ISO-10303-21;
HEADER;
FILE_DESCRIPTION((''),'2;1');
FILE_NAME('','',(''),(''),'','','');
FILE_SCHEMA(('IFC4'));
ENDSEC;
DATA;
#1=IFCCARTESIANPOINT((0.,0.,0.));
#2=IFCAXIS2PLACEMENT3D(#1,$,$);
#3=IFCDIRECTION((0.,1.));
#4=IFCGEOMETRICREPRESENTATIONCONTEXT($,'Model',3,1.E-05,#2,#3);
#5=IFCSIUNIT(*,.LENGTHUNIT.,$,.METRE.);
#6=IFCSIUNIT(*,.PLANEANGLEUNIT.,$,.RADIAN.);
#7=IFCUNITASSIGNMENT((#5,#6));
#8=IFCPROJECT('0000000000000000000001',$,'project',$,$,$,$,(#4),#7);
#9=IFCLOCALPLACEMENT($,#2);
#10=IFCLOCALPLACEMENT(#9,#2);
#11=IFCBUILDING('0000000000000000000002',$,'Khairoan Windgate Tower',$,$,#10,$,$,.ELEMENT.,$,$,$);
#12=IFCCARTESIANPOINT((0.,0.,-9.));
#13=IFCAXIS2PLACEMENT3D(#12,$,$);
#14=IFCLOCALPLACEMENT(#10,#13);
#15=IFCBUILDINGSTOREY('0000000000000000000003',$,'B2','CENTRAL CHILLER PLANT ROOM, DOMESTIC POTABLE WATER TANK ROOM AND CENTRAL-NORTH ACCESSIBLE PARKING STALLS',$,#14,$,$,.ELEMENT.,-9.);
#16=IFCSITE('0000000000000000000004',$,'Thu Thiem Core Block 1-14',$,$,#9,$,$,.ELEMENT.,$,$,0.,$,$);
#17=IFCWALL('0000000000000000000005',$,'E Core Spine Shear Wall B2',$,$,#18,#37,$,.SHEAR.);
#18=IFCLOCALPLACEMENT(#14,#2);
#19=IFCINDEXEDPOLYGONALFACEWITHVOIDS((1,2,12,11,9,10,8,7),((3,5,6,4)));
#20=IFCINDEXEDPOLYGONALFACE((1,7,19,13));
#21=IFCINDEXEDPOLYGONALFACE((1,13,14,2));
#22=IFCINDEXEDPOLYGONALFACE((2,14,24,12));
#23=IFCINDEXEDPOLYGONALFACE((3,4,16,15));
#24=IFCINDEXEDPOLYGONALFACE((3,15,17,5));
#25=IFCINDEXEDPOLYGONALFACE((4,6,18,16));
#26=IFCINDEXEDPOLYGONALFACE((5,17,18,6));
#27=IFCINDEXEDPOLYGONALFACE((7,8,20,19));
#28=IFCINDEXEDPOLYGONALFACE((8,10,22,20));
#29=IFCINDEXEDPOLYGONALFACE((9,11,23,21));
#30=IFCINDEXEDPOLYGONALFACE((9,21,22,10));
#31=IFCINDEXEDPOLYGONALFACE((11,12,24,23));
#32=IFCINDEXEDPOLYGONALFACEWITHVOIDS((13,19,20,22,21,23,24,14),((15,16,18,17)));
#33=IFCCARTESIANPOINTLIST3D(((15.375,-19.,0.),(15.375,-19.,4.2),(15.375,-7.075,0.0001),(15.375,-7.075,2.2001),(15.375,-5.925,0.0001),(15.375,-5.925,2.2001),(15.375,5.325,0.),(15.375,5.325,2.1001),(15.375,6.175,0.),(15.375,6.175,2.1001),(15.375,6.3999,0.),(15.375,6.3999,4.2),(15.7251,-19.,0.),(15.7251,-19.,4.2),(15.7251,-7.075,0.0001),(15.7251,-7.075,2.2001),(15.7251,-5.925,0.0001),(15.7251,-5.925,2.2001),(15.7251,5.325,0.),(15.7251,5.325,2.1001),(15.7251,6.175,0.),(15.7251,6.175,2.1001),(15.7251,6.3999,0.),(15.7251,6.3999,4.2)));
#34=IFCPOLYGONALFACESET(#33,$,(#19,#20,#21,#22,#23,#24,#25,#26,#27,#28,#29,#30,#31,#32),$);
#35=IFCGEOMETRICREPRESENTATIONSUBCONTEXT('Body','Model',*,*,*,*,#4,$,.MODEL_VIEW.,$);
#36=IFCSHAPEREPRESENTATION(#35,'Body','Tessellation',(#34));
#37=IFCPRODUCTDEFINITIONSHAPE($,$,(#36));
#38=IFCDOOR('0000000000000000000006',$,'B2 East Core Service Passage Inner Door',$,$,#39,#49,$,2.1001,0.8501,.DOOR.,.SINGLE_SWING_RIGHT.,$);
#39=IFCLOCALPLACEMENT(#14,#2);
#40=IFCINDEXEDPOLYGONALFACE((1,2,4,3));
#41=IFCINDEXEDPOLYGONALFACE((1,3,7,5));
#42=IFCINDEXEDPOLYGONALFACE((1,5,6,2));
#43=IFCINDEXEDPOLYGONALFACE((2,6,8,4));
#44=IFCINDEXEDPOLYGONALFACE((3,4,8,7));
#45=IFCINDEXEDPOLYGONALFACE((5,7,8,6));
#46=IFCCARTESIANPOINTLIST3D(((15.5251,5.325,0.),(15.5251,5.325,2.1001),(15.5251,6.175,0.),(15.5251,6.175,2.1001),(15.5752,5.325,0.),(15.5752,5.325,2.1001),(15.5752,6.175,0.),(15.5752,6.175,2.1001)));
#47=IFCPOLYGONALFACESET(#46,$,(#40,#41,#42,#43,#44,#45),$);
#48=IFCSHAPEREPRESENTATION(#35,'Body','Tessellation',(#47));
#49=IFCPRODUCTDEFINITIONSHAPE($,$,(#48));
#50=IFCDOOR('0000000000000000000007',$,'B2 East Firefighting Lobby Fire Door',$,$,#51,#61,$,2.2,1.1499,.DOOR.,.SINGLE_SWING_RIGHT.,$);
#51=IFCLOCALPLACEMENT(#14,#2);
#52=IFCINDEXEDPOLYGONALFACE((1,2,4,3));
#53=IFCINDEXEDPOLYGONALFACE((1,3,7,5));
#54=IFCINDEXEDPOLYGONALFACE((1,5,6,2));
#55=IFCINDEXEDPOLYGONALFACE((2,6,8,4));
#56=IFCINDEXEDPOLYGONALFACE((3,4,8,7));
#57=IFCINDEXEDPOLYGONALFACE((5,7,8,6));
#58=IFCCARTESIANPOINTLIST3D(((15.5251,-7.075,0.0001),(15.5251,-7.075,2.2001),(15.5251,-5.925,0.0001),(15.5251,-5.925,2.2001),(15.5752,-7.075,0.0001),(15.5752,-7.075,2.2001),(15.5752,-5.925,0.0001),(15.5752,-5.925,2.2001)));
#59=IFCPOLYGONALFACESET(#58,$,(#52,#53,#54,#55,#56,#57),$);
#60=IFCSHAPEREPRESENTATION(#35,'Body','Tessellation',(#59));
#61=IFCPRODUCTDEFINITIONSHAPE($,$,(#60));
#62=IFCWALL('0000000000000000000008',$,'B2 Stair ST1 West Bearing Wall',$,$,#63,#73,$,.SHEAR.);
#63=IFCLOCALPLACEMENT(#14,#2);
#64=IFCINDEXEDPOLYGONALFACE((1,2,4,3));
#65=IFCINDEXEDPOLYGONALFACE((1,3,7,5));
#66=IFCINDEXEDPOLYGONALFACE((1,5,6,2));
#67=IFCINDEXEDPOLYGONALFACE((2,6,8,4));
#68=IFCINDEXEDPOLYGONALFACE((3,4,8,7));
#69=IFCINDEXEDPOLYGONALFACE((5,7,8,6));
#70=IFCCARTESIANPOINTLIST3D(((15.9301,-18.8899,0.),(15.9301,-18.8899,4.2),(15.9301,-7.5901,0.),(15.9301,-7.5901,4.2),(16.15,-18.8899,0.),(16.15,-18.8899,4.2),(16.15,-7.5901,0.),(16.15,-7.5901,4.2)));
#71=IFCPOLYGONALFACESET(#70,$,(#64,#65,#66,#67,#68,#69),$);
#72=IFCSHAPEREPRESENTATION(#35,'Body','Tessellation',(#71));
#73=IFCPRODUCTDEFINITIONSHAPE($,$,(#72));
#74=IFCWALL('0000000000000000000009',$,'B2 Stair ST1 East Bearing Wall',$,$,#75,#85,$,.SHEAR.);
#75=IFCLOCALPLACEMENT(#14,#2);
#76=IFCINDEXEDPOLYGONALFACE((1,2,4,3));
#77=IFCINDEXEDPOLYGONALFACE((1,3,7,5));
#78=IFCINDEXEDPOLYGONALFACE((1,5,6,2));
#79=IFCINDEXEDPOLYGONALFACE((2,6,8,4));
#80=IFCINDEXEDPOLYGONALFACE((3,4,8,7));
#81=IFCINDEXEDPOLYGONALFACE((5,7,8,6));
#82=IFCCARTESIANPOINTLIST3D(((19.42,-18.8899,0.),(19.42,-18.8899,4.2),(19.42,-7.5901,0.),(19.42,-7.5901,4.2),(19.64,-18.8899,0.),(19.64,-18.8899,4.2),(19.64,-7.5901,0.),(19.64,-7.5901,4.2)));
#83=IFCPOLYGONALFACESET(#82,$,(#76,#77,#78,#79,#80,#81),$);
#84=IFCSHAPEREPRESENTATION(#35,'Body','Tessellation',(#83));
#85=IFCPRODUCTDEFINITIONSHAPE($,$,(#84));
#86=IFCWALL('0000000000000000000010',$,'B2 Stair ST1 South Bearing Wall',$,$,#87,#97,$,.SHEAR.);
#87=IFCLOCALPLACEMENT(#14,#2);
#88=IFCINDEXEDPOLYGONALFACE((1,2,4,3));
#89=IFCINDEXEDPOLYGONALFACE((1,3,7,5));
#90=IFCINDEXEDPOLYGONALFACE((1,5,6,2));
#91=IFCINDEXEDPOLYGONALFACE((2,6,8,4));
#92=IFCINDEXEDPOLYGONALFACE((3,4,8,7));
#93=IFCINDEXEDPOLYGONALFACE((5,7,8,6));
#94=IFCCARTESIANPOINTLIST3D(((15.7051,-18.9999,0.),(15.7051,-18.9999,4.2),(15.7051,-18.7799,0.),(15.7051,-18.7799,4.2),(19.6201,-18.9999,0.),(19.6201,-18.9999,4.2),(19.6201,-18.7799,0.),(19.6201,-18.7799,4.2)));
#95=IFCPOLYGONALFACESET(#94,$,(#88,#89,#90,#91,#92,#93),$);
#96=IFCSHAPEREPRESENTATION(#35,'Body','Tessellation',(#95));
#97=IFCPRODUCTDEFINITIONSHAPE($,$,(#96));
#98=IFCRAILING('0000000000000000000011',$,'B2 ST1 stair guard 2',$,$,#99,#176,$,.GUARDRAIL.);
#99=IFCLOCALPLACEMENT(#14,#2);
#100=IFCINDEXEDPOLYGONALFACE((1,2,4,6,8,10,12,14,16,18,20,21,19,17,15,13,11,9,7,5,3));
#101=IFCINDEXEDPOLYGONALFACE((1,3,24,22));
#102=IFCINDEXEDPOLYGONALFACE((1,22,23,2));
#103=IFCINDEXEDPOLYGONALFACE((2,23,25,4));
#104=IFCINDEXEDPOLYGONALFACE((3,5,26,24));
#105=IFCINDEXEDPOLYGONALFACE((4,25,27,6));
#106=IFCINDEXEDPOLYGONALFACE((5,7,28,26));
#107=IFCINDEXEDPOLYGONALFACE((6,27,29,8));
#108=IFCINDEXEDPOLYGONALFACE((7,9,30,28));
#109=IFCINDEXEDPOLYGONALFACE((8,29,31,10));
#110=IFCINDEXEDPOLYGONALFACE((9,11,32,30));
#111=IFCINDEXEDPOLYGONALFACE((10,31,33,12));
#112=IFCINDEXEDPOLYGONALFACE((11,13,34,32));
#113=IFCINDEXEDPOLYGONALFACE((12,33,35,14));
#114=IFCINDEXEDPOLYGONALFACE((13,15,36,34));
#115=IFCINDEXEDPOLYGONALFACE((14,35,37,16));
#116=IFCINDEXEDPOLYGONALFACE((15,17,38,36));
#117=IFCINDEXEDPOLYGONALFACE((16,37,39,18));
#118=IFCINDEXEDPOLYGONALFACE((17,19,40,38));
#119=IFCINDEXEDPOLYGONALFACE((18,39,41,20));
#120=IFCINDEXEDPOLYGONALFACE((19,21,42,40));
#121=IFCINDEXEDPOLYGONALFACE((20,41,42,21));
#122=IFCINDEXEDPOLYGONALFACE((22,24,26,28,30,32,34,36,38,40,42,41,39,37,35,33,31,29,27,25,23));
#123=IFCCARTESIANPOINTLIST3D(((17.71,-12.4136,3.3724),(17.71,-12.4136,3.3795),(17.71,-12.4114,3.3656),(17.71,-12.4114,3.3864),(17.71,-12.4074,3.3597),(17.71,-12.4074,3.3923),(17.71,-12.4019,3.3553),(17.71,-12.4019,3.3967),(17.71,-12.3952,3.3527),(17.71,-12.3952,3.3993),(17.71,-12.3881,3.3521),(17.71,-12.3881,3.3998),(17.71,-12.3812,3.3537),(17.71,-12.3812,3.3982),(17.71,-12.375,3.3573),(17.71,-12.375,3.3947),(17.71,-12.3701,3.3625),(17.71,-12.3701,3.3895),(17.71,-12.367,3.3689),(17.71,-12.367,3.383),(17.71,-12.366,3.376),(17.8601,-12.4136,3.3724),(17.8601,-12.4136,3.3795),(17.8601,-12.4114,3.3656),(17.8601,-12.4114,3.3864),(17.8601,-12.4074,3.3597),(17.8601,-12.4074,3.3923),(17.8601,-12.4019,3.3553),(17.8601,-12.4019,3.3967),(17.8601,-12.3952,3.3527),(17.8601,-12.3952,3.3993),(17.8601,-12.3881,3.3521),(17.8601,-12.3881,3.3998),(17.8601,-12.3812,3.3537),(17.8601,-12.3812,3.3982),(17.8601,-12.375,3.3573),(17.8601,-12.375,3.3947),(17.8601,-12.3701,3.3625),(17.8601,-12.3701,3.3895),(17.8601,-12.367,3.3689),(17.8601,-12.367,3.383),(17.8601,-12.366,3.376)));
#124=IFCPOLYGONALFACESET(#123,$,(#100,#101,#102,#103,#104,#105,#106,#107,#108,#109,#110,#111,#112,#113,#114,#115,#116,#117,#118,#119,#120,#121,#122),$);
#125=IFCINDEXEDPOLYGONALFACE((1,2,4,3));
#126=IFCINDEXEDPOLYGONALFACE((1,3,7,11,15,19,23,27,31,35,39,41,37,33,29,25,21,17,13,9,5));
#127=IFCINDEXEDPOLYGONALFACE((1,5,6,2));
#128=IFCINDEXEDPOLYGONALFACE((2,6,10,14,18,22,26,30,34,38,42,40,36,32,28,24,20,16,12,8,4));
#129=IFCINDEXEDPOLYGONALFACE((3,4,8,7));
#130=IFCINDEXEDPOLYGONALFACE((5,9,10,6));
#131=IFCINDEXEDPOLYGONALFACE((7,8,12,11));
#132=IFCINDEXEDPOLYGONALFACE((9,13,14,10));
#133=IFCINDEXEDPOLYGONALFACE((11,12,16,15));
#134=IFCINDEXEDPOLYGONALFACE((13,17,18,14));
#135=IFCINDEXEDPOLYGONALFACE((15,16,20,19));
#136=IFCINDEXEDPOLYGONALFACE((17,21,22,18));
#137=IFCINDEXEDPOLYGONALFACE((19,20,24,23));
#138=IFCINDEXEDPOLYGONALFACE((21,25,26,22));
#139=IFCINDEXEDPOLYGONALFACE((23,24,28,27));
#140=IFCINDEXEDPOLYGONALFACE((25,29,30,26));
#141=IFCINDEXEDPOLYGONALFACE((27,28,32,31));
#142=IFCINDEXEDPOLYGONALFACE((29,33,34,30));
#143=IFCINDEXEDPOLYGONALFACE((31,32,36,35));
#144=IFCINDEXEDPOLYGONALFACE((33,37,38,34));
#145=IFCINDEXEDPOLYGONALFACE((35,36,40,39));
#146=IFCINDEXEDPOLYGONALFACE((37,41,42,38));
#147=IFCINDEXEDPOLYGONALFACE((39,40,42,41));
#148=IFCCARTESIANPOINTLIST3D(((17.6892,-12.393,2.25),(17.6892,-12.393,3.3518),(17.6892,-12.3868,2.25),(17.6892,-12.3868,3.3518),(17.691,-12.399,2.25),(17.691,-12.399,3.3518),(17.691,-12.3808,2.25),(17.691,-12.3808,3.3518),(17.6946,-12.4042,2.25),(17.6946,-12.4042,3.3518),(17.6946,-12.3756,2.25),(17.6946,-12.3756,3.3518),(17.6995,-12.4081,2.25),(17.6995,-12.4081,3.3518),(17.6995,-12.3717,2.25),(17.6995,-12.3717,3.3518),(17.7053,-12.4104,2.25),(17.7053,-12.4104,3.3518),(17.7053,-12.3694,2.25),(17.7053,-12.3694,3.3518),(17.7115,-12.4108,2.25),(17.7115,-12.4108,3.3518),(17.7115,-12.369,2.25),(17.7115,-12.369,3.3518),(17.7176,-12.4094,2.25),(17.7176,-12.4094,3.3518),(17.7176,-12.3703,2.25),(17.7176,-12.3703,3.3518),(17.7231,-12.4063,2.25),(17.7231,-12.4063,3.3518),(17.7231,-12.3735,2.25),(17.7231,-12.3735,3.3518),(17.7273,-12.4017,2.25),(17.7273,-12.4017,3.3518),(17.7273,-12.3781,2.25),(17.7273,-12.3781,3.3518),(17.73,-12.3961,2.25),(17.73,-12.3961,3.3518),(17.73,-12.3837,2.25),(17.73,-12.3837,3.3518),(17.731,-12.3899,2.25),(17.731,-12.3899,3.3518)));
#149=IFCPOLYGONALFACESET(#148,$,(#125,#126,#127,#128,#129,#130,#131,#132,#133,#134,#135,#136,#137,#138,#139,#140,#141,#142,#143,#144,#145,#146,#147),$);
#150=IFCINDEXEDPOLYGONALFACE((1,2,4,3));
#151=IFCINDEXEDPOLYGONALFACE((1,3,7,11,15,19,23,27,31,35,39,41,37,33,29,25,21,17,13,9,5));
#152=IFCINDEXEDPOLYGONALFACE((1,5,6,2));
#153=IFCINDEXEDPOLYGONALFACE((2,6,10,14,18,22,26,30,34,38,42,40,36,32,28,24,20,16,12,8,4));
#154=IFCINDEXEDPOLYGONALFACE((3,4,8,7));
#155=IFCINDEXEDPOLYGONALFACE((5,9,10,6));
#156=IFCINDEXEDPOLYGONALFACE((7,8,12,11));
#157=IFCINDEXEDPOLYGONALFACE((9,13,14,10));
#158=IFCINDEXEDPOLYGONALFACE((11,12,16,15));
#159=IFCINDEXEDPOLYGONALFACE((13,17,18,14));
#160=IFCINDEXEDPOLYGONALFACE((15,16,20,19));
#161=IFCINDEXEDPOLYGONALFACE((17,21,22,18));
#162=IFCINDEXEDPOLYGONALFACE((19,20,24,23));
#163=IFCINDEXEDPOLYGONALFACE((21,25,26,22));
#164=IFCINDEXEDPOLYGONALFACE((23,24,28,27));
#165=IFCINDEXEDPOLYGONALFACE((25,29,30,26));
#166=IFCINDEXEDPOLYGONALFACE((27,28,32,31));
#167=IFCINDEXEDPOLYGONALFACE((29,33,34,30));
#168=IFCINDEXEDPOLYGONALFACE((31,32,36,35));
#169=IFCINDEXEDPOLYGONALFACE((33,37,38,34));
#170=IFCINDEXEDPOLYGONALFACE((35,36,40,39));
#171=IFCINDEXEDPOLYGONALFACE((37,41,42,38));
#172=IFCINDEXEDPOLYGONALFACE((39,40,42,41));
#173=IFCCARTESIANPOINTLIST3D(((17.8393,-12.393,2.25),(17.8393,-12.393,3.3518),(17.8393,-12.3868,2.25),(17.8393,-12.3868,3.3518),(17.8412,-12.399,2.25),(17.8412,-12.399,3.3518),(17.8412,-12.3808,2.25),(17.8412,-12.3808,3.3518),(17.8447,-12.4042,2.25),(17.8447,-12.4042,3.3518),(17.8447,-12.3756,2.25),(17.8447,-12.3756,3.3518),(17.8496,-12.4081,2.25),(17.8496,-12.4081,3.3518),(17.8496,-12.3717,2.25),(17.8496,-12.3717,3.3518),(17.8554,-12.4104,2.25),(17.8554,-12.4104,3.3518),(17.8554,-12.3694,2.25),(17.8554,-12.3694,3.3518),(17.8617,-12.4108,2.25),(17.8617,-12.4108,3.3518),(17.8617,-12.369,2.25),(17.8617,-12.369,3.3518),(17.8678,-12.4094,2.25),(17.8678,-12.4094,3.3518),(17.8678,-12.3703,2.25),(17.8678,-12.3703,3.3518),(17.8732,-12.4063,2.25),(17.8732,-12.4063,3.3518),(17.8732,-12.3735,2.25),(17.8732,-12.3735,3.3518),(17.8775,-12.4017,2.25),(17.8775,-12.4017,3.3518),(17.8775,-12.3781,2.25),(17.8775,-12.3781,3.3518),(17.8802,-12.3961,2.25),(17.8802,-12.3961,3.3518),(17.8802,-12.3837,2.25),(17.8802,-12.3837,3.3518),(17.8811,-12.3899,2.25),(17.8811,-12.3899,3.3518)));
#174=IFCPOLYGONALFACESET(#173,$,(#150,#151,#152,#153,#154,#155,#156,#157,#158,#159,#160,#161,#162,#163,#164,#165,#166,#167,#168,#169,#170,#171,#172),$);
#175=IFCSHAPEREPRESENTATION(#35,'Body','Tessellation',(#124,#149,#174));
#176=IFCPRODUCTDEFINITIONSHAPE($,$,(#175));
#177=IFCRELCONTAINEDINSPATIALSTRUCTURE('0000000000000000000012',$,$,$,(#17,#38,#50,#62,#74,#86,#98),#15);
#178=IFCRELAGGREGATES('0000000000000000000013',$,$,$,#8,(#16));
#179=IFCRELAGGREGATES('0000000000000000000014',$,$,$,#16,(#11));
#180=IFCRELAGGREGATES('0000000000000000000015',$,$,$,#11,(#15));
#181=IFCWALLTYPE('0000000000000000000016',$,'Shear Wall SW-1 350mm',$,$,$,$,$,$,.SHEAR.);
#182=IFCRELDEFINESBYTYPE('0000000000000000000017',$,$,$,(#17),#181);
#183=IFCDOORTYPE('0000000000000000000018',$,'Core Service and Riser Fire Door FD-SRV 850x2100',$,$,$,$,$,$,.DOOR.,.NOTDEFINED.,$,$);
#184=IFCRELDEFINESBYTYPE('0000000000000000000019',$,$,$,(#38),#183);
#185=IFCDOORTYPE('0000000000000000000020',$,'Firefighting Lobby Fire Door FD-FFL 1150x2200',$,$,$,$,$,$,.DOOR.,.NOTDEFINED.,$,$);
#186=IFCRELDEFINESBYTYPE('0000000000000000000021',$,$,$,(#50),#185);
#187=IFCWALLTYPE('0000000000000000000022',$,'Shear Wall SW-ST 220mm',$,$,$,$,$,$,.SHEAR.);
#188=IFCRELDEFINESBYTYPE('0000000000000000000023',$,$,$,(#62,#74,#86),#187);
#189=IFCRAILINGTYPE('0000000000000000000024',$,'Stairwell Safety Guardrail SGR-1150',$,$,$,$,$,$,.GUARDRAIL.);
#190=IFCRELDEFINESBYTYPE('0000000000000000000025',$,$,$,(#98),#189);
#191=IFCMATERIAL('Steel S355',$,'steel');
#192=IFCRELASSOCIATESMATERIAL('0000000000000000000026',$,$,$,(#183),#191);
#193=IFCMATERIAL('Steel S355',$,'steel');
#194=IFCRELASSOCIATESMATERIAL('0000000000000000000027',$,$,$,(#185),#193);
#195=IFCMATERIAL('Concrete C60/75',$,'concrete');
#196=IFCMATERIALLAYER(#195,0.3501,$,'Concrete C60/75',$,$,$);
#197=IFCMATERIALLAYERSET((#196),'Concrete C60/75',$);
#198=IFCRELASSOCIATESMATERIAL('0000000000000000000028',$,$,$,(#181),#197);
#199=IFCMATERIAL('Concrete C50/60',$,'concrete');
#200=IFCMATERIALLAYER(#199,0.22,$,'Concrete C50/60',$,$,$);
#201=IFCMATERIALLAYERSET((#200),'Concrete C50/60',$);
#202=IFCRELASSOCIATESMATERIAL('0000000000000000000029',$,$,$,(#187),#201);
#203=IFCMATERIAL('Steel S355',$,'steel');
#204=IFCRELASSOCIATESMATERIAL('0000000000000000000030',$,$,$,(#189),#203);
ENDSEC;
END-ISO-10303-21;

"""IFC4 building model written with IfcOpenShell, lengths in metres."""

from ifc_helpers import new_model, si_unit, direction, frame, frame_2d, origin, origin_2d, place, context, subcontext, project, spatial, rectangle, circle, extrude, material, layer, layer_set, type_object, element, fill, save


model = new_model("IFC4")

# Units and contexts
model_context = context("Model", 3, precision=1e-05, world=origin(), true_north=direction((0.0, 1.0)))
body_context = subcontext(model_context, "Body", "Model", "MODEL_VIEW")
ifc_project = project(units=[si_unit("LENGTHUNIT", "METRE"), si_unit("PLANEANGLEUNIT", "RADIAN")], contexts=[model_context])

# Site, building, storey
site_placement = place(None, origin())
site = spatial("IfcSite", under=ifc_project, at=site_placement, Name="Thu Thiem Core Block 1-14", CompositionType="ELEMENT", RefElevation=0.0)
building_placement = place(site_placement, origin())
building = spatial("IfcBuilding", under=site, at=building_placement, Name="Khairoan Windgate Tower", CompositionType="ELEMENT")
storey_placement = place(building_placement, frame((0.0, 0.0, -9.0)))
storey = spatial("IfcBuildingStorey", under=building, at=storey_placement, Name="B2", Description="CENTRAL CHILLER PLANT ROOM, DOMESTIC POTABLE WATER TANK ROOM AND CENTRAL-NORTH ACCESSIBLE PARKING STALLS", CompositionType="ELEMENT", Elevation=-9.0)

# Shared definitions
ifc_material_1 = material(Name="Steel S355", Category="steel")
door_type_1 = type_object("IfcDoorType", Name="Core Service and Riser Fire Door FD-SRV 850x2100", OperationType="NOTDEFINED", PredefinedType="DOOR", material=ifc_material_1)
ifc_material_2 = material(Name="Steel S355", Category="steel")
door_type_2 = type_object("IfcDoorType", Name="Firefighting Lobby Fire Door FD-FFL 1150x2200", OperationType="NOTDEFINED", PredefinedType="DOOR", material=ifc_material_2)

# Wall, openings, doors
ifc_material_3 = material(Name="Concrete C60/75", Category="concrete")
ifc_layer_1 = layer(ifc_material_3, 0.3501, Name="Concrete C60/75")
ifc_layer_set_1 = layer_set([ifc_layer_1], Name="Concrete C60/75")
wall_type_1 = type_object("IfcWallType", Name="Shear Wall SW-1 350mm", PredefinedType="SHEAR", material=ifc_layer_set_1)
wall_1_placement = place(storey_placement, frame((15.55, -19.0, 0.0), z_axis=(0.0, 0.0, 1.0), x_axis=(0.0, 1.0, 0.0)))
wall_1 = element("IfcWall", 1, at=wall_1_placement, inside=storey, type_object=wall_type_1, Name="E Core Spine Shear Wall B2", PredefinedType="SHEAR", context=body_context, shape_type="SweptSolid", body=[
    extrude(rectangle(XDim=25.3999, YDim=0.3501, at=frame_2d((12.7, 0.0))), origin(), (0.0, 0.0, 1.0), 4.2),
])
opening_1_placement = place(wall_1_placement, frame((11.925, 0.0, 0.0)))
opening_1 = element("IfcOpeningElement", 2, at=opening_1_placement, cuts=wall_1, PredefinedType="OPENING", context=body_context, shape_type="SweptSolid", body=[
    extrude(rectangle(XDim=1.1499, YDim=2.2, at=frame_2d((0.575, 1.1001))), frame((0.0, 0.1851, 0.0), z_axis=(0.0, -1.0, 0.0), x_axis=(1.0, 0.0, 0.0)), (0.0, 0.0, 1.0), 0.3701),
])
opening_2_placement = place(wall_1_placement, frame((24.325, 0.0, 0.0)))
opening_2 = element("IfcOpeningElement", 3, at=opening_2_placement, cuts=wall_1, PredefinedType="OPENING", context=body_context, shape_type="SweptSolid", body=[
    extrude(rectangle(XDim=0.8501, YDim=2.1001, at=frame_2d((0.425, 1.05))), frame((0.0, 0.1851, 0.0), z_axis=(0.0, -1.0, 0.0), x_axis=(1.0, 0.0, 0.0)), (0.0, 0.0, 1.0), 0.3701),
])
door_1_placement = place(opening_2_placement, origin())
door_1 = element("IfcDoor", 4, at=door_1_placement, inside=storey, type_object=door_type_1, Name="B2 East Core Service Passage Inner Door", OperationType="SINGLE_SWING_RIGHT", OverallHeight=2.1001, OverallWidth=0.8501, PredefinedType="DOOR", context=body_context, shape_type="SweptSolid", body=[
    extrude(rectangle(XDim=0.8501, YDim=2.1001, at=frame_2d((0.425, 1.05))), frame((0.0, 0.0249, 0.0), z_axis=(0.0, -1.0, 0.0), x_axis=(1.0, 0.0, 0.0)), (0.0, 0.0, 1.0), 0.05),
])
fill(opening_2, door_1)
door_2_placement = place(opening_1_placement, origin())
door_2 = element("IfcDoor", 5, at=door_2_placement, inside=storey, type_object=door_type_2, Name="B2 East Firefighting Lobby Fire Door", OperationType="SINGLE_SWING_RIGHT", OverallHeight=2.2, OverallWidth=1.1499, PredefinedType="DOOR", context=body_context, shape_type="SweptSolid", body=[
    extrude(rectangle(XDim=1.1499, YDim=2.2, at=frame_2d((0.575, 1.1001))), frame((0.0, 0.0249, 0.0), z_axis=(0.0, -1.0, 0.0), x_axis=(1.0, 0.0, 0.0)), (0.0, 0.0, 1.0), 0.05),
])
fill(opening_1, door_2)

# Walls
ifc_material_4 = material(Name="Concrete C50/60", Category="concrete")
ifc_layer_2 = layer(ifc_material_4, 0.22, Name="Concrete C50/60")
ifc_layer_set_2 = layer_set([ifc_layer_2], Name="Concrete C50/60")
wall_type_2 = type_object("IfcWallType", Name="Shear Wall SW-ST 220mm", PredefinedType="SHEAR", material=ifc_layer_set_2)
for number, where, z_axis, x_axis, name in (
    (6, (16.04, -18.8899, 0.0), (0.0, 0.0, 1.0), (0.0, 1.0, 0.0), "B2 Stair ST1 West Bearing Wall"),
    (7, (19.53, -18.8899, 0.0), (0.0, 0.0, 1.0), (0.0, 1.0, 0.0), "B2 Stair ST1 East Bearing Wall"),
):
    element("IfcWall", number, at=place(storey_placement, frame(where, z_axis=z_axis, x_axis=x_axis)), inside=storey, type_object=wall_type_2, Name=name, PredefinedType="SHEAR", context=body_context, shape_type="SweptSolid", body=[
        extrude(rectangle(XDim=11.2998, YDim=0.22, at=frame_2d((5.6499, 0.0))), origin(), (0.0, 0.0, 1.0), 4.2),
    ])
wall_2_placement = place(storey_placement, frame((15.7051, -18.8899, 0.0), z_axis=(0.0, 0.0, 1.0), x_axis=(1.0, 0.0, 0.0)))
element("IfcWall", 8, at=wall_2_placement, inside=storey, type_object=wall_type_2, Name="B2 Stair ST1 South Bearing Wall", PredefinedType="SHEAR", context=body_context, shape_type="SweptSolid", body=[
    extrude(rectangle(XDim=3.915, YDim=0.22, at=frame_2d((1.9575, 0.0))), origin(), (0.0, 0.0, 1.0), 4.2),
])

# Railing
ifc_material_5 = material(Name="Steel S355", Category="steel")
railing_type = type_object("IfcRailingType", Name="Stairwell Safety Guardrail SGR-1150", PredefinedType="GUARDRAIL", material=ifc_material_5)
railing_1_placement = place(storey_placement, frame((17.71, -12.3899, 2.25)))
element("IfcRailing", 9, at=railing_1_placement, inside=storey, type_object=railing_type, Name="B2 ST1 stair guard 2", PredefinedType="GUARDRAIL", context=body_context, shape_type="SweptSolid", body=[
    extrude(circle(Radius=0.0239, at=origin_2d()), frame((0.0, 0.0, 1.126), z_axis=(1.0, 0.0, 0.0), x_axis=(0.0, 1.0, 0.0)), (0.0, 0.0, 1.0), 0.1501),
    extrude(circle(Radius=0.021, at=origin_2d()), origin(), (0.0, 0.0, 1.0), 1.1018),
    extrude(circle(Radius=0.021, at=origin_2d()), frame((0.1501, 0.0, 0.0)), (0.0, 0.0, 1.0), 1.1018),
])

save(model, "model.ifc")
